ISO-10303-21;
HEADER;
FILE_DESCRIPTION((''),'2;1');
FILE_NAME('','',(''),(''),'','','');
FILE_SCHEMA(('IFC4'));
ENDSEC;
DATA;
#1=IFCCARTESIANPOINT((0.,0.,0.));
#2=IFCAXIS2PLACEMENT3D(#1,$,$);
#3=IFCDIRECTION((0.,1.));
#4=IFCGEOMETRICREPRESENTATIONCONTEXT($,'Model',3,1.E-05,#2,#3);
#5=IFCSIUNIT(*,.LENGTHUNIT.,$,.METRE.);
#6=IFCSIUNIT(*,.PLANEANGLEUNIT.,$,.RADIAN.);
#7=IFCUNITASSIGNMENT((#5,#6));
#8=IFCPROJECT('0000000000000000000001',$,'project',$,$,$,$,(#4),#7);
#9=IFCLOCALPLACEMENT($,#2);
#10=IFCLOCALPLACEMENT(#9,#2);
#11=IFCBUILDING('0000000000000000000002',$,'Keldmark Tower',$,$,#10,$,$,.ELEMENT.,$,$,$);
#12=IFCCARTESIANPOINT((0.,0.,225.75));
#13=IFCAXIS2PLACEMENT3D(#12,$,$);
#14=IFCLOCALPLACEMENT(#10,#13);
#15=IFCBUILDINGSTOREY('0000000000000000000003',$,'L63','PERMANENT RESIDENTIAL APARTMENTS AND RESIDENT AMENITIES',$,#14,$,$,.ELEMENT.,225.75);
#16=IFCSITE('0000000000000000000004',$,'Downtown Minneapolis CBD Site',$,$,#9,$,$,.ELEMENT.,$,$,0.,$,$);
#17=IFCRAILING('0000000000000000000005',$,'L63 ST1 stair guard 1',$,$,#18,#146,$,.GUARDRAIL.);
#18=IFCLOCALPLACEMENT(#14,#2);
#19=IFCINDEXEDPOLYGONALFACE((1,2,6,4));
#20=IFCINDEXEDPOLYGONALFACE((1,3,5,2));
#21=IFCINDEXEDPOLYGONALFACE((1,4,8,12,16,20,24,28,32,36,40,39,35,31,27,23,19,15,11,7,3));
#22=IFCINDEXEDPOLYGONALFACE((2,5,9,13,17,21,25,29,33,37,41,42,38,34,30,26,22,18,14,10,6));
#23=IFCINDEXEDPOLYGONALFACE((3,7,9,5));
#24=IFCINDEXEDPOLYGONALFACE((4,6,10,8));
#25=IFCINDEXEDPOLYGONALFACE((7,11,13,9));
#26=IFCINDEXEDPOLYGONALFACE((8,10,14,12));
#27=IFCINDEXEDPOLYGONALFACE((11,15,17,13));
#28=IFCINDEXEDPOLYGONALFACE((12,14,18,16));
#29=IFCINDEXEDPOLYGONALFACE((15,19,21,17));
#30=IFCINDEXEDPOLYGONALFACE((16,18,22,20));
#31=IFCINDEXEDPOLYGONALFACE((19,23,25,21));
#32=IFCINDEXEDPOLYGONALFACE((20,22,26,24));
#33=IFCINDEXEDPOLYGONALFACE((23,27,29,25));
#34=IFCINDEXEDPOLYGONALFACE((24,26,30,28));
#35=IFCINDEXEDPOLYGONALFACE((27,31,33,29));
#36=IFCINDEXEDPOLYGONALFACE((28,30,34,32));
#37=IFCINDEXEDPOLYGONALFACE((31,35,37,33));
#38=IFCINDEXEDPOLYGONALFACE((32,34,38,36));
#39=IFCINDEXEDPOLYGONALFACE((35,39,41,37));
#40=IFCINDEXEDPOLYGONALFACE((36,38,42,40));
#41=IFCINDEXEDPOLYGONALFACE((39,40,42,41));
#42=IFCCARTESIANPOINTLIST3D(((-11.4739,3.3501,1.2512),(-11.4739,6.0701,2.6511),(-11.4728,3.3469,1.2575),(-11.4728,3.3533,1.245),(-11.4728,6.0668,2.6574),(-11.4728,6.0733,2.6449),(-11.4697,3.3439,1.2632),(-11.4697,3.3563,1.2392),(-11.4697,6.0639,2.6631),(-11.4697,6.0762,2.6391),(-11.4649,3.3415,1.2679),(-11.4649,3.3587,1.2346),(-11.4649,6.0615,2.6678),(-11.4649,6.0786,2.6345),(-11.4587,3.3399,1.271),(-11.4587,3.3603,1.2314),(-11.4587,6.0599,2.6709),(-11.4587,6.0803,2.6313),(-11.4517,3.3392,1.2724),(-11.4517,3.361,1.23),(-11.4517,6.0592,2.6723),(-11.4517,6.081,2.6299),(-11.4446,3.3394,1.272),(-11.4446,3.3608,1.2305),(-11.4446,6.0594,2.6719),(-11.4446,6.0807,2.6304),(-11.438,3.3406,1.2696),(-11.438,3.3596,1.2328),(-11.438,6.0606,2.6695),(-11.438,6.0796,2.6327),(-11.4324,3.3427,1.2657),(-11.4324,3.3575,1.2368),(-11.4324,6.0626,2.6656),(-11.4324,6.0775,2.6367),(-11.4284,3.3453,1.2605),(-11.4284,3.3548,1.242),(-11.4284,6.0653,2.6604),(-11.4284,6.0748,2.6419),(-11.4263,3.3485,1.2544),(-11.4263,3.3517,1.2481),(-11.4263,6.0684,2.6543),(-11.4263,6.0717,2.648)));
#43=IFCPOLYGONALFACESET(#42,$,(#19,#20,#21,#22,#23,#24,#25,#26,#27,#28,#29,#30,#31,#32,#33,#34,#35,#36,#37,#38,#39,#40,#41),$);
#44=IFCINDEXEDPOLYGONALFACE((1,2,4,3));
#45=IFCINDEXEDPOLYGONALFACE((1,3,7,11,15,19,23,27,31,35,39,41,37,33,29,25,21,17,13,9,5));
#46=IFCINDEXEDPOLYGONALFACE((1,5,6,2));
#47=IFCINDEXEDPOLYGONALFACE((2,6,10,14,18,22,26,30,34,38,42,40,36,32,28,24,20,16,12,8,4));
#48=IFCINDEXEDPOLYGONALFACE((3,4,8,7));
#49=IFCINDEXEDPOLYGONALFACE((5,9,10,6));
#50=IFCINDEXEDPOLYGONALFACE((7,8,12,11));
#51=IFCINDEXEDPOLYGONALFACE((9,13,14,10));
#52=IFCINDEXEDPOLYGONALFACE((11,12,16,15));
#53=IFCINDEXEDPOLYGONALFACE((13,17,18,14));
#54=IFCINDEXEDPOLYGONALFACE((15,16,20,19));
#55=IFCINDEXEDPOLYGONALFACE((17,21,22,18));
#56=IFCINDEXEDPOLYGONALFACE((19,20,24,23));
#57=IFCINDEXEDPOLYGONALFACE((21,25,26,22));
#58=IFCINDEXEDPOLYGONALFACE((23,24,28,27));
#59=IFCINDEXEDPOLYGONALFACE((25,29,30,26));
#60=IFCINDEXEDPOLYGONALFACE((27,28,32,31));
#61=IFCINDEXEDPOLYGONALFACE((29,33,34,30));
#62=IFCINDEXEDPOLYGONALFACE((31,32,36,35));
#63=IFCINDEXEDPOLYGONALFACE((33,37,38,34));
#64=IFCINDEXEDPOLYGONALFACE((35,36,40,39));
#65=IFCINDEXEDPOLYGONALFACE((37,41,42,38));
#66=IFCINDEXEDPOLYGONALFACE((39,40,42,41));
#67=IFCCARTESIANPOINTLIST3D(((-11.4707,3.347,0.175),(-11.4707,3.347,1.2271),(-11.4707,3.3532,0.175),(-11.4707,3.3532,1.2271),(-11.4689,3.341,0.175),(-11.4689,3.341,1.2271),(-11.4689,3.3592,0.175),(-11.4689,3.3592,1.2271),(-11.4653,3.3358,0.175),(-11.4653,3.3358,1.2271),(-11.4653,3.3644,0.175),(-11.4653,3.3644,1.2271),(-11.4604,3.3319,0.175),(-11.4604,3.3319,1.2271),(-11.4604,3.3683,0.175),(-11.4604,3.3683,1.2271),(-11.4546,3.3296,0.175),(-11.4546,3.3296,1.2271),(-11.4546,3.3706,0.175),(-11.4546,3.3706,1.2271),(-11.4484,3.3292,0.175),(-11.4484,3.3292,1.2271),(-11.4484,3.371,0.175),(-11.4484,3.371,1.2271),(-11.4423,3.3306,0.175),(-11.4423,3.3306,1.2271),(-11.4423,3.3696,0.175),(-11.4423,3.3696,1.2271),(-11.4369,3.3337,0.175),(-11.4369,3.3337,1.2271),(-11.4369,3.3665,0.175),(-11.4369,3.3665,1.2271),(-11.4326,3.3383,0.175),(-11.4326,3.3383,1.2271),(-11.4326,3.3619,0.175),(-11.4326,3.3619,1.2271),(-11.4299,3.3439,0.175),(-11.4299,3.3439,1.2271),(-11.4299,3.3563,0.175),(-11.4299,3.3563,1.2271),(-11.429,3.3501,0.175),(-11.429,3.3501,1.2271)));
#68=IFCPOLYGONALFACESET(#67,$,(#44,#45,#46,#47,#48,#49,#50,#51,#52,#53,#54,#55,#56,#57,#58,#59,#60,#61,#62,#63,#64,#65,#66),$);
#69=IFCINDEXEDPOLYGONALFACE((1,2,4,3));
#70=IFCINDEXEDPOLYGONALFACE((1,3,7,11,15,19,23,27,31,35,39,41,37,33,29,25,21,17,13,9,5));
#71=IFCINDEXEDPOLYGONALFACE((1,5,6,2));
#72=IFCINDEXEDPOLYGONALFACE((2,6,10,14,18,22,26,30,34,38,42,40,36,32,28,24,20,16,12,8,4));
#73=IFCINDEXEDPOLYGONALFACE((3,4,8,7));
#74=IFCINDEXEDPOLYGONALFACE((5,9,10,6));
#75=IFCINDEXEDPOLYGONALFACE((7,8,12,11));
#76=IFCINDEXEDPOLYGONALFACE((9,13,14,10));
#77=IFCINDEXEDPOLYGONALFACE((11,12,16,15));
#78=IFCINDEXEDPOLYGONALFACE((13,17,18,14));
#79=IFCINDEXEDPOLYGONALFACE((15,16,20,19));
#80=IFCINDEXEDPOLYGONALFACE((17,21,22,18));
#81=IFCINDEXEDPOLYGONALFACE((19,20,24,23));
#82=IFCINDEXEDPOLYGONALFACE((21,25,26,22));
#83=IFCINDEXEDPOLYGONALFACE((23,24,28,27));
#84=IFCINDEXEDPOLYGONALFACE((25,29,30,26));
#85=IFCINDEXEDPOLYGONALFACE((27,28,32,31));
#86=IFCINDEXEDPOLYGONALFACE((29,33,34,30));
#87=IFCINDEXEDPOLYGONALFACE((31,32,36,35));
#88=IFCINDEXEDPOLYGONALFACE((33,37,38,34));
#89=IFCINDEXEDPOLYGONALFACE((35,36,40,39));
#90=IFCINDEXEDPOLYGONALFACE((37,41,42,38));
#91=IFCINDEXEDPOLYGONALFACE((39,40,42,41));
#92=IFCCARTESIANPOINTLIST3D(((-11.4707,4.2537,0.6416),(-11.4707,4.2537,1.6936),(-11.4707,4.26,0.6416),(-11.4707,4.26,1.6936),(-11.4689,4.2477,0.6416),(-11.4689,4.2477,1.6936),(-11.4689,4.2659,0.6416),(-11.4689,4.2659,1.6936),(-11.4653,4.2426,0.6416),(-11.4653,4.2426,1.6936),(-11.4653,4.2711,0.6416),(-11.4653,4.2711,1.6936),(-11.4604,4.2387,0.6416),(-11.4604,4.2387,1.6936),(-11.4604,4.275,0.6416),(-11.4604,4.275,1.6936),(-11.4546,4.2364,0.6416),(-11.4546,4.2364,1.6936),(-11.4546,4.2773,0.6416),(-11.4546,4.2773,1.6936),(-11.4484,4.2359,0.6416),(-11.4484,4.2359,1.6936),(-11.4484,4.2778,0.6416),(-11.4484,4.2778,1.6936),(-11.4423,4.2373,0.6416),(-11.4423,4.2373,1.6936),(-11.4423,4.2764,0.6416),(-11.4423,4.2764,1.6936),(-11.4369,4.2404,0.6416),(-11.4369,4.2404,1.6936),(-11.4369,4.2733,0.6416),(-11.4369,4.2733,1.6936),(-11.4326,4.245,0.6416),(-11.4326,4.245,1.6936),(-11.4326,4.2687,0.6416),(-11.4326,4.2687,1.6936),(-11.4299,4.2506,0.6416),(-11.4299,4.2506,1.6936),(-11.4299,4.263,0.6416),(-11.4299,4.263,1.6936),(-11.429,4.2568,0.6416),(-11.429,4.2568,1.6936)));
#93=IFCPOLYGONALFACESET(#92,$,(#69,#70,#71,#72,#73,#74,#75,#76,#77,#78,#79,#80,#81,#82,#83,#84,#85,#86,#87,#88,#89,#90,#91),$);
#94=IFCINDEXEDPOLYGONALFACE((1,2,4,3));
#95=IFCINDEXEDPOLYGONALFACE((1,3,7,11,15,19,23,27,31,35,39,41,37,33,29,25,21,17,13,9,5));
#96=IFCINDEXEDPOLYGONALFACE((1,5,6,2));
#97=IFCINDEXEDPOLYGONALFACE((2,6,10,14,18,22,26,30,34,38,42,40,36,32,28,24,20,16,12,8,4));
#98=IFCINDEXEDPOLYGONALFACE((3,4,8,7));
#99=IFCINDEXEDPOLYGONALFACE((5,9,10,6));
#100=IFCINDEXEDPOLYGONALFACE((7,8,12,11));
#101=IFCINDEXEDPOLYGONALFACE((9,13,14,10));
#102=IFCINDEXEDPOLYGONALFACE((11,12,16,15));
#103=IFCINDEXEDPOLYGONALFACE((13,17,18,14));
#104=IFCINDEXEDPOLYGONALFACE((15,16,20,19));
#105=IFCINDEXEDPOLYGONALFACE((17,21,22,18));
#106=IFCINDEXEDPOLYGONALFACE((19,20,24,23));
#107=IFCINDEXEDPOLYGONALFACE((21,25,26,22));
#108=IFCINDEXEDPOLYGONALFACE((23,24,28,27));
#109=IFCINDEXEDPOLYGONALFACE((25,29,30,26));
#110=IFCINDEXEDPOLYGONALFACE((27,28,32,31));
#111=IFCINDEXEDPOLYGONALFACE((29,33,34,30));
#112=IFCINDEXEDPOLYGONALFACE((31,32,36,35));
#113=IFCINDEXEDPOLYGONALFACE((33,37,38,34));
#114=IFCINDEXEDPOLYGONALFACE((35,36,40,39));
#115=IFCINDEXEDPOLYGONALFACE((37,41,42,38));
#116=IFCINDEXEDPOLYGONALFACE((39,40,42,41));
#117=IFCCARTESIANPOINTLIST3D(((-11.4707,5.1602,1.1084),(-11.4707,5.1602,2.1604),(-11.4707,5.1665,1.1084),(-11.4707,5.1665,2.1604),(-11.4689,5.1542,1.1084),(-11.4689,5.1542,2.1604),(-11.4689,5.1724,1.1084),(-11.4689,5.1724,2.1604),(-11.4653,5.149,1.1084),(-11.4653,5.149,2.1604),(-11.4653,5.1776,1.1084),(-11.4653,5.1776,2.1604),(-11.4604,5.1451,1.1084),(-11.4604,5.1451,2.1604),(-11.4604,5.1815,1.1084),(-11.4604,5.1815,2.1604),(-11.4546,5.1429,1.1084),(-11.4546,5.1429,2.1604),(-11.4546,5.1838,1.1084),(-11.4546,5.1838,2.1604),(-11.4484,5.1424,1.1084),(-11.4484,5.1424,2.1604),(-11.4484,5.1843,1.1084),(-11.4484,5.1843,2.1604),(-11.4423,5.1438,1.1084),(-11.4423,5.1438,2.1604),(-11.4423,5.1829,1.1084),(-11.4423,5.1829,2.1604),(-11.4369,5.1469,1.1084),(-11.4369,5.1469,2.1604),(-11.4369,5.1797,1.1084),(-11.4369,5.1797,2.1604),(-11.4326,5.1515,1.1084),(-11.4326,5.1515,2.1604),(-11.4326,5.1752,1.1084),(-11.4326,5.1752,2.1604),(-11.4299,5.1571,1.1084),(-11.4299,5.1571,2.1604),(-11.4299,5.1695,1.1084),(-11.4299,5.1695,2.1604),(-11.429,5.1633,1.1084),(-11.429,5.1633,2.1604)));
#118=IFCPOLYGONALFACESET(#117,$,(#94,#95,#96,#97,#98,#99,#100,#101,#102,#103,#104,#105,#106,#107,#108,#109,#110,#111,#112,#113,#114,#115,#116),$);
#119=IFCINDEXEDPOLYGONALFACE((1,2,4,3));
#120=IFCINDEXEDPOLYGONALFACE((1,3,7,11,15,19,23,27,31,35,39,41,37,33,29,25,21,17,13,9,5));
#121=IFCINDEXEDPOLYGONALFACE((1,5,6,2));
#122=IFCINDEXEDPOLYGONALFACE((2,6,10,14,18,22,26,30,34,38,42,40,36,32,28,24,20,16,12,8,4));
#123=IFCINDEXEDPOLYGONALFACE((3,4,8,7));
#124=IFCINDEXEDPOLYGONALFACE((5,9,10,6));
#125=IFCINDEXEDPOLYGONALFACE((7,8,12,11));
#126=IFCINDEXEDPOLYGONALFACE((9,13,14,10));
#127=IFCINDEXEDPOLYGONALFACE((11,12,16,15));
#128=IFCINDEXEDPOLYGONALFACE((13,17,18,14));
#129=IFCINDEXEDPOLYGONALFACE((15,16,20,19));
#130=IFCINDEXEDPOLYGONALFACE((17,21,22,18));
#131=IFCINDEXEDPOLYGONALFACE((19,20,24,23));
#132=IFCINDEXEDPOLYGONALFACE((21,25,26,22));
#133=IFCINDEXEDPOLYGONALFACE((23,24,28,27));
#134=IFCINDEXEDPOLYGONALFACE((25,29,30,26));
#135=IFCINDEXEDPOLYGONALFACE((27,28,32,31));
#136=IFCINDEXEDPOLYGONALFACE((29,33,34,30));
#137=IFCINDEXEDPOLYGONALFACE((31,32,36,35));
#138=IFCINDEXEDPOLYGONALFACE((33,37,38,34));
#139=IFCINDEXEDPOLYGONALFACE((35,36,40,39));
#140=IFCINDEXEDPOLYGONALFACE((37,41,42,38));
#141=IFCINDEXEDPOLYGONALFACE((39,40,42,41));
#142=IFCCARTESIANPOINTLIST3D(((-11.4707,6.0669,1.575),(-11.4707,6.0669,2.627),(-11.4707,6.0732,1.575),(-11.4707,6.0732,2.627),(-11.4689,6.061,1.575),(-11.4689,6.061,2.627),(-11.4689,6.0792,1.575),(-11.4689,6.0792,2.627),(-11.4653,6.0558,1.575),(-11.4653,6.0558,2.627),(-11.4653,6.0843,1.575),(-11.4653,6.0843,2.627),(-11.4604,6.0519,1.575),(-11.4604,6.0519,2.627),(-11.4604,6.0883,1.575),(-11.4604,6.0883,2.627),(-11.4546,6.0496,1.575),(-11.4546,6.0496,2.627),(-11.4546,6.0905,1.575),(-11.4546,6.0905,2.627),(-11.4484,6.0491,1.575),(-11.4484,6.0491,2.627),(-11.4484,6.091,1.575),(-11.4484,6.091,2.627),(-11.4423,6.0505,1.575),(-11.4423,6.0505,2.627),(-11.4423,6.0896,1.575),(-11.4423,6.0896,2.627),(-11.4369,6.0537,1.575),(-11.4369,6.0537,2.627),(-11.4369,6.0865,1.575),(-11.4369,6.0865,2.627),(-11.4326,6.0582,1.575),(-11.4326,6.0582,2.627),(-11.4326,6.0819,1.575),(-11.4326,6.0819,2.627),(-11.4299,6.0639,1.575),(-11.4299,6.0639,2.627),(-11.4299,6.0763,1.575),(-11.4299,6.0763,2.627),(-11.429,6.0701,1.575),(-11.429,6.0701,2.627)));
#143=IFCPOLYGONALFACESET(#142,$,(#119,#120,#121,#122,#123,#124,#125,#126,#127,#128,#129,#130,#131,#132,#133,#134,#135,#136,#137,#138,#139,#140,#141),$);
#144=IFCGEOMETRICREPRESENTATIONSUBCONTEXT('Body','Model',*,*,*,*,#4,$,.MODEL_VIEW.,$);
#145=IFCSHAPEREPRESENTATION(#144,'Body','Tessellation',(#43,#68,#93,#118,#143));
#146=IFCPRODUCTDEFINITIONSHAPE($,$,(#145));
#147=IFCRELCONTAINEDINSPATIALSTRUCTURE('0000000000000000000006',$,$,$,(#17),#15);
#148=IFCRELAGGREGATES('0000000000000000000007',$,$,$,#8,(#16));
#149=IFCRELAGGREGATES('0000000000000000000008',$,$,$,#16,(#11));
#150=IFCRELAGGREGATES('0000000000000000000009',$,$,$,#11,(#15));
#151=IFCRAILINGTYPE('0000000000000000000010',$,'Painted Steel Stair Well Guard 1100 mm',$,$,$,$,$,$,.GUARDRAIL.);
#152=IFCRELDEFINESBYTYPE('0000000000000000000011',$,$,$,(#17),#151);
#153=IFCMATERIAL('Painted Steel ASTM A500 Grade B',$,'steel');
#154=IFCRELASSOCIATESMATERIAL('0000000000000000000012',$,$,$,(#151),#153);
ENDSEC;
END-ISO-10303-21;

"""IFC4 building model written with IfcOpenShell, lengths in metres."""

from ifc_helpers import new_model, si_unit, direction, frame, origin, origin_2d, place, context, subcontext, project, spatial, circle, extrude, material, type_object, element, save


model = new_model("IFC4")

# Units and contexts
model_context = context("Model", 3, precision=1e-05, world=origin(), true_north=direction((0.0, 1.0)))
body_context = subcontext(model_context, "Body", "Model", "MODEL_VIEW")
ifc_project = project(units=[si_unit("LENGTHUNIT", "METRE"), si_unit("PLANEANGLEUNIT", "RADIAN")], contexts=[model_context])

# Site, building, storey
site_placement = place(None, origin())
site = spatial("IfcSite", under=ifc_project, at=site_placement, Name="Downtown Minneapolis CBD Site", CompositionType="ELEMENT", RefElevation=0.0)
building_placement = place(site_placement, origin())
building = spatial("IfcBuilding", under=site, at=building_placement, Name="Keldmark Tower", CompositionType="ELEMENT")
storey_placement = place(building_placement, frame((0.0, 0.0, 225.75)))
storey = spatial("IfcBuildingStorey", under=building, at=storey_placement, Name="L63", Description="PERMANENT RESIDENTIAL APARTMENTS AND RESIDENT AMENITIES", CompositionType="ELEMENT", Elevation=225.75)

# Railing
ifc_material_1 = material(Name="Painted Steel ASTM A500 Grade B", Category="steel")
railing_type_1 = type_object("IfcRailingType", Name="Painted Steel Stair Well Guard 1100 mm", PredefinedType="GUARDRAIL", material=ifc_material_1)
railing_1_placement = place(storey_placement, frame((-11.45, 3.3501, 0.175)))
element("IfcRailing", 1, at=railing_1_placement, inside=storey, type_object=railing_type_1, Name="L63 ST1 stair guard 1", PredefinedType="GUARDRAIL", context=body_context, shape_type="SweptSolid", body=[
    extrude(circle(Radius=0.0239, at=origin_2d()), frame((0.0, 0.0, 1.0762), z_axis=(0.0, 0.889147, 0.457622), x_axis=(-1.0, 0.0, 0.0)), (0.0, 0.0, 1.0), 3.0591),
    extrude(circle(Radius=0.021, at=origin_2d()), origin(), (0.0, 0.0, 1.0), 1.052),
    extrude(circle(Radius=0.021, at=origin_2d()), frame((0.0, 0.9067, 0.4666)), (0.0, 0.0, 1.0), 1.052),
    extrude(circle(Radius=0.021, at=origin_2d()), frame((0.0, 1.8132, 0.9333)), (0.0, 0.0, 1.0), 1.052),
    extrude(circle(Radius=0.021, at=origin_2d()), frame((0.0, 2.72, 1.3999)), (0.0, 0.0, 1.0), 1.052),
])

save(model, "model.ifc")
